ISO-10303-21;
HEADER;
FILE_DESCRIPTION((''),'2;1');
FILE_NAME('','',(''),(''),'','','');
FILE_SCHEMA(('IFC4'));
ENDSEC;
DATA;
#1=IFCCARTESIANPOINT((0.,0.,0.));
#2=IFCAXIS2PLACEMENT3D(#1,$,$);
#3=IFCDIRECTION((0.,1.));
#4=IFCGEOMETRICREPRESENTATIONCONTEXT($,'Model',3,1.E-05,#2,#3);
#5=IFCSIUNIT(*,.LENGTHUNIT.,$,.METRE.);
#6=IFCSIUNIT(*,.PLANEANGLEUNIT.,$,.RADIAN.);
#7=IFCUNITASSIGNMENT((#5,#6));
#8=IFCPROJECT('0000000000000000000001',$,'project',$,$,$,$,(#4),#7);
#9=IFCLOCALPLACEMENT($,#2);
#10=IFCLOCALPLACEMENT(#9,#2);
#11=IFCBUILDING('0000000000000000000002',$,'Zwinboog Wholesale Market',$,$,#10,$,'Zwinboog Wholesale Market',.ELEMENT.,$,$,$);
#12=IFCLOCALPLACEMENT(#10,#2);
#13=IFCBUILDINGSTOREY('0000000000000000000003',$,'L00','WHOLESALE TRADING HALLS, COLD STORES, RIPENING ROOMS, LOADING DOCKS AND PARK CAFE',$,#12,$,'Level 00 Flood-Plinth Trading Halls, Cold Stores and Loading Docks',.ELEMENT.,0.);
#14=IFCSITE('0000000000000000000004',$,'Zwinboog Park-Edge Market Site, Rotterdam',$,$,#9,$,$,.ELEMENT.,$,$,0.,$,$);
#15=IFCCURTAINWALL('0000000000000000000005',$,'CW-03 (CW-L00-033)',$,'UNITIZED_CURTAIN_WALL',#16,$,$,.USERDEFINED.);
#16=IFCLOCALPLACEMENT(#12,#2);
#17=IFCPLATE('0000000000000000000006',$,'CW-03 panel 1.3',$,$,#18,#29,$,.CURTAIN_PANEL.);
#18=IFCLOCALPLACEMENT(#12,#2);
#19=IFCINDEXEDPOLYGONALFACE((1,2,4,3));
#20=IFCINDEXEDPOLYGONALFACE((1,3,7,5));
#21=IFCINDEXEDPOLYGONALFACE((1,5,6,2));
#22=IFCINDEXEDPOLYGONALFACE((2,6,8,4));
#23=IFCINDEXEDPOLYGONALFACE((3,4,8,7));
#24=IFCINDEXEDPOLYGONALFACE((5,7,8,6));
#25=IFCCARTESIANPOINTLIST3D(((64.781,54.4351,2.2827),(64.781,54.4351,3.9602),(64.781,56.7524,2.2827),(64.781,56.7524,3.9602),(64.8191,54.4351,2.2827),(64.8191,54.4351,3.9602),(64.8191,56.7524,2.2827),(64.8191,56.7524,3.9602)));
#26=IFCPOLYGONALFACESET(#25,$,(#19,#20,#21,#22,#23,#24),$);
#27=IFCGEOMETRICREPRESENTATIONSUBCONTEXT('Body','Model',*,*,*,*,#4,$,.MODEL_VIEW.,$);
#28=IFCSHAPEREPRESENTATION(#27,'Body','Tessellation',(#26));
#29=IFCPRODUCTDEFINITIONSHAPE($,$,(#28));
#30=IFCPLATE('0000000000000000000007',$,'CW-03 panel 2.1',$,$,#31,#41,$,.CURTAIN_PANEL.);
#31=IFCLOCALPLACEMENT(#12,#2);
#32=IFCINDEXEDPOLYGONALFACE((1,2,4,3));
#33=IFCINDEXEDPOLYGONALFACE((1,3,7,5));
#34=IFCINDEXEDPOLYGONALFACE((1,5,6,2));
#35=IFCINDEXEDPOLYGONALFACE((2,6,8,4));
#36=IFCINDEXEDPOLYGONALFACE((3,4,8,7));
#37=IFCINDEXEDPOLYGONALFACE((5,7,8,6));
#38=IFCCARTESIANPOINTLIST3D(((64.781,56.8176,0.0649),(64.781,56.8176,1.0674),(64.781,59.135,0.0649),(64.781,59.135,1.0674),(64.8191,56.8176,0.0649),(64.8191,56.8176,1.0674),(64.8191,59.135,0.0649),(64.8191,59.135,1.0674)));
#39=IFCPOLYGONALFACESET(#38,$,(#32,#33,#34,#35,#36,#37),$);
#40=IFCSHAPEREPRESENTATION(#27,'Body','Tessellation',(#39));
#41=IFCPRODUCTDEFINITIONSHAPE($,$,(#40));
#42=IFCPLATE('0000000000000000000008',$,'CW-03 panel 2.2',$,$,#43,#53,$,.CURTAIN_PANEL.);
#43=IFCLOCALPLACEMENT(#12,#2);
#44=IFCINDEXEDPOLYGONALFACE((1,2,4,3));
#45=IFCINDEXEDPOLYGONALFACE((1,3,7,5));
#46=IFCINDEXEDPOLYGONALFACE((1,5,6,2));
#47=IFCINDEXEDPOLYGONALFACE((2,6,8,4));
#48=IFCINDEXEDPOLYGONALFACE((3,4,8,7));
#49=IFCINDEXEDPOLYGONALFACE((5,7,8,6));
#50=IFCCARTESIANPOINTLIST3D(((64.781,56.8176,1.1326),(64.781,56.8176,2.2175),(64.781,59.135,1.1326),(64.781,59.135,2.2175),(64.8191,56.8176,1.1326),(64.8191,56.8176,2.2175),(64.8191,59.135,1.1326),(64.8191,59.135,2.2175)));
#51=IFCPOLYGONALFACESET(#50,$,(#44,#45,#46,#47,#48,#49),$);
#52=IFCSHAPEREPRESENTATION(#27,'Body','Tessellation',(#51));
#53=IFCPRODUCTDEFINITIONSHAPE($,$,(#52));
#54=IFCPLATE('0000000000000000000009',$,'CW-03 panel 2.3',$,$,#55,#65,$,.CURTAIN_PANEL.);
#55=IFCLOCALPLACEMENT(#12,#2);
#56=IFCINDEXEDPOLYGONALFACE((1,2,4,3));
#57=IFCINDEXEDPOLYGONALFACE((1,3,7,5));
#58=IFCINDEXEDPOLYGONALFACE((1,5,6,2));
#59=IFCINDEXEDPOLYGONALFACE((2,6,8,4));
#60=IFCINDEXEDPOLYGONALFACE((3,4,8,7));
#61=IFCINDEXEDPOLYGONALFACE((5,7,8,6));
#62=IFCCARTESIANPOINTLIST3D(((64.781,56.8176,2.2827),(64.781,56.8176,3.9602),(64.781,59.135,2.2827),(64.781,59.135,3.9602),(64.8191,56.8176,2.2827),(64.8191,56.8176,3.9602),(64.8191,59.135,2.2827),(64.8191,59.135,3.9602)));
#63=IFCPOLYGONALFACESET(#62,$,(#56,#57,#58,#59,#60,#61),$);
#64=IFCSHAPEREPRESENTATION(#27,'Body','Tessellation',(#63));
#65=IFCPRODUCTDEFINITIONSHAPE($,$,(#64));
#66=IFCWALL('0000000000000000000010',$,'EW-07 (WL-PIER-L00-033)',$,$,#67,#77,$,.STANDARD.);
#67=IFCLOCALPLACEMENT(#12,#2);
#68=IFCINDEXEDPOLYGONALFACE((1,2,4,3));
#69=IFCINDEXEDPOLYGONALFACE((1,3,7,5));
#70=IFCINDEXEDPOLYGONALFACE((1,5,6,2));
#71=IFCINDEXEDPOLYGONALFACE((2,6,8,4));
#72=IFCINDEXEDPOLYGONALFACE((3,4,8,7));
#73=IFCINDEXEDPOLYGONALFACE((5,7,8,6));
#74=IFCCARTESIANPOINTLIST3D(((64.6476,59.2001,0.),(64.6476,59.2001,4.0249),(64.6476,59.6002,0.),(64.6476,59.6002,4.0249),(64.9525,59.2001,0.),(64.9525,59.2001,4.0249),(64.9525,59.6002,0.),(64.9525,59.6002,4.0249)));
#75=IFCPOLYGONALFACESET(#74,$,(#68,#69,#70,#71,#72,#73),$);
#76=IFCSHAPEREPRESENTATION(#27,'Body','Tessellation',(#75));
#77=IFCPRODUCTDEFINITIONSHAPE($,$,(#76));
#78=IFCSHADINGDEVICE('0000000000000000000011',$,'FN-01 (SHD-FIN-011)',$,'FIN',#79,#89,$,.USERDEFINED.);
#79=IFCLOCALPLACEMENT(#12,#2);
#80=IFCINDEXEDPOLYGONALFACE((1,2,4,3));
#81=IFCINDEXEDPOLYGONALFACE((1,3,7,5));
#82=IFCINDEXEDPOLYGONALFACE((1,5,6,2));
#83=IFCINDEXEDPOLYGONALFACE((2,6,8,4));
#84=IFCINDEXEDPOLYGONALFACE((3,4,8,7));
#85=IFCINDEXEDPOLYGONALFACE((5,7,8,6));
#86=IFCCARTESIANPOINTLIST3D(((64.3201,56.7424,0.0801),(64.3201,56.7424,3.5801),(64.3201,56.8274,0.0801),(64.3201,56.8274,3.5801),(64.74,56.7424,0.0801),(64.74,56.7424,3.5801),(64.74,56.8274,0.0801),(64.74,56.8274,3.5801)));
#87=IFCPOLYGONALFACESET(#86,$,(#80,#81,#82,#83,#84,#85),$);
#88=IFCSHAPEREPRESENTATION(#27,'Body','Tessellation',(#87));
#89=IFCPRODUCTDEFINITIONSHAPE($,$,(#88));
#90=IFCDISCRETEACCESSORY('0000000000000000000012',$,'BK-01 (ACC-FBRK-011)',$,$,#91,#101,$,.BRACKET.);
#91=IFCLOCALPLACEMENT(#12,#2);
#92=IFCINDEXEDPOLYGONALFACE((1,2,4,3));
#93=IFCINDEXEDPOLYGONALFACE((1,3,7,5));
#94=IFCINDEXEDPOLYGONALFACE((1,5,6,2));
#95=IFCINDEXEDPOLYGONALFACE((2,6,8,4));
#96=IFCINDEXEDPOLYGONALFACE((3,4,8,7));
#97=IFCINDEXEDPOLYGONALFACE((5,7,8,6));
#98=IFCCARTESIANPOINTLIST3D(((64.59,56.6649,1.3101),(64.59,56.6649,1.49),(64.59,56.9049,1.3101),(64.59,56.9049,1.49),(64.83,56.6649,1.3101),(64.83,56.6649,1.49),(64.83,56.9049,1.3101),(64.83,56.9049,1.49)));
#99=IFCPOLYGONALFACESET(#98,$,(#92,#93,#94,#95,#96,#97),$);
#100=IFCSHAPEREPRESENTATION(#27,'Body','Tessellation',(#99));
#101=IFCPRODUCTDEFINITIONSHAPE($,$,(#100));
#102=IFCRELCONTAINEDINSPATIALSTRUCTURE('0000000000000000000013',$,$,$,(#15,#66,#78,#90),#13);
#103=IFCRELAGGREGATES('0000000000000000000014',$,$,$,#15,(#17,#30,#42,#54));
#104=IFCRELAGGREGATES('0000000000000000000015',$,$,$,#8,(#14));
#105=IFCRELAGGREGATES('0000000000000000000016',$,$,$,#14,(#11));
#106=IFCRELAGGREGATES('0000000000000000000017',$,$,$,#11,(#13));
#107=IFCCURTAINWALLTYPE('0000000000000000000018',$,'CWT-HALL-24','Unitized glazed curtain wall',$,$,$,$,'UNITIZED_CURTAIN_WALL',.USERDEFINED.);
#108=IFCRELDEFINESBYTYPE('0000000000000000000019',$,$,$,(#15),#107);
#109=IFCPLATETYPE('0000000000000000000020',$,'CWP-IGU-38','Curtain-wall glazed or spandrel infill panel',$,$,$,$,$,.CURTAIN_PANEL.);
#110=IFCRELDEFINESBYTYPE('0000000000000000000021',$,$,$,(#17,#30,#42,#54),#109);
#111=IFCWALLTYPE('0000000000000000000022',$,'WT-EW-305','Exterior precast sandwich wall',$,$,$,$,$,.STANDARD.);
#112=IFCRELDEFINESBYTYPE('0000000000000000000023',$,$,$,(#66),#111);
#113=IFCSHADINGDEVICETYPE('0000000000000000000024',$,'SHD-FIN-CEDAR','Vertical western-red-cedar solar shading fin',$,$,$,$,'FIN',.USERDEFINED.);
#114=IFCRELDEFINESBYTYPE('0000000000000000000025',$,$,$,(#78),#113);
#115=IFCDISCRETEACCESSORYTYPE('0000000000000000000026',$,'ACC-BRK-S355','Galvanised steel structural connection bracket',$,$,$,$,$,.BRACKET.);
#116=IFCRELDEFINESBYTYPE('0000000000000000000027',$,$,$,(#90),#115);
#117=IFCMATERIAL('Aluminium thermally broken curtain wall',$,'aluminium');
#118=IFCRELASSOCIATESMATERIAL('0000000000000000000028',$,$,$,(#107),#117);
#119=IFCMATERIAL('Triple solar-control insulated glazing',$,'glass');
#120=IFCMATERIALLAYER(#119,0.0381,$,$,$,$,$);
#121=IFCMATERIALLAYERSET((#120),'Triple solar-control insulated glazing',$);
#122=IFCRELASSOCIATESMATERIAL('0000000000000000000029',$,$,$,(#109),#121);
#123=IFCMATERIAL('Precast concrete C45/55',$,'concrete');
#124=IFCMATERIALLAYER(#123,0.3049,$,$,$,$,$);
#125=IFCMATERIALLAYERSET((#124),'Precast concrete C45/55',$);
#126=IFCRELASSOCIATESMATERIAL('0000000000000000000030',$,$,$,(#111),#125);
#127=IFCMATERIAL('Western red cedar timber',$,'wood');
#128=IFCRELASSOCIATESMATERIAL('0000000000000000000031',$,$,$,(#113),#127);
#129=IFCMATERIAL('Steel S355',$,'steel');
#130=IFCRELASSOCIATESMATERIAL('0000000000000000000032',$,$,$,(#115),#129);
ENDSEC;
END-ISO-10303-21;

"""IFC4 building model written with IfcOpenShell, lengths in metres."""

from ifc_helpers import new_model, si_unit, direction, frame, frame_2d, origin, origin_2d, place, context, subcontext, project, spatial, rectangle, extrude, material, layer, layer_set, type_object, element, aggregate, save


model = new_model("IFC4")

# Units and contexts
model_context = context("Model", 3, precision=1e-05, world=origin(), true_north=direction((0.0, 1.0)))
body_context = subcontext(model_context, "Body", "Model", "MODEL_VIEW")
ifc_project = project(units=[si_unit("LENGTHUNIT", "METRE"), si_unit("PLANEANGLEUNIT", "RADIAN")], contexts=[model_context])

# Site, building, storey
site_placement = place(None, origin())
site = spatial("IfcSite", under=ifc_project, at=site_placement, Name="Zwinboog Park-Edge Market Site, Rotterdam", CompositionType="ELEMENT", RefElevation=0.0)
building_placement = place(site_placement, origin())
building = spatial("IfcBuilding", under=site, at=building_placement, Name="Zwinboog Wholesale Market", LongName="Zwinboog Wholesale Market", CompositionType="ELEMENT")
storey_placement = place(building_placement, origin())
storey = spatial("IfcBuildingStorey", under=building, at=storey_placement, Name="L00", Description="WHOLESALE TRADING HALLS, COLD STORES, RIPENING ROOMS, LOADING DOCKS AND PARK CAFE", LongName="Level 00 Flood-Plinth Trading Halls, Cold Stores and Loading Docks", CompositionType="ELEMENT", Elevation=0.0)

# Curtain wall, plates
ifc_material_1 = material(Name="Aluminium thermally broken curtain wall", Category="aluminium")
curtain_wall_type = type_object("IfcCurtainWallType", Name="CWT-HALL-24", Description="Unitized glazed curtain wall", ElementType="UNITIZED_CURTAIN_WALL", PredefinedType="USERDEFINED", material=ifc_material_1)
curtain_wall_placement = place(storey_placement, origin())
curtain_wall = element("IfcCurtainWall", 1, at=curtain_wall_placement, inside=storey, type_object=curtain_wall_type, Name="CW-03 (CW-L00-033)", ObjectType="UNITIZED_CURTAIN_WALL", PredefinedType="USERDEFINED")
ifc_material_2 = material(Name="Triple solar-control insulated glazing", Category="glass")
ifc_layer_1 = layer(ifc_material_2, 0.0381)
ifc_layer_set_1 = layer_set([ifc_layer_1], Name="Triple solar-control insulated glazing")
plate_type = type_object("IfcPlateType", Name="CWP-IGU-38", Description="Curtain-wall glazed or spandrel infill panel", PredefinedType="CURTAIN_PANEL", material=ifc_layer_set_1)
plate_1_placement = place(storey_placement, frame((64.8, 55.5938, 2.2827), z_axis=(0.0, 0.0, 1.0), x_axis=(0.0, 1.0, 0.0)))
plate_1 = element("IfcPlate", 2, at=plate_1_placement, type_object=plate_type, Name="CW-03 panel 1.3", PredefinedType="CURTAIN_PANEL", context=body_context, shape_type="SweptSolid", body=[
    extrude(rectangle(XDim=2.3174, YDim=0.0381, at=origin_2d()), origin(), (0.0, 0.0, 1.0), 1.6775),
])
plate_2_placement = place(storey_placement, frame((64.8, 57.9763, 0.0649), z_axis=(0.0, 0.0, 1.0), x_axis=(0.0, 1.0, 0.0)))
plate_2 = element("IfcPlate", 3, at=plate_2_placement, type_object=plate_type, Name="CW-03 panel 2.1", PredefinedType="CURTAIN_PANEL", context=body_context, shape_type="SweptSolid", body=[
    extrude(rectangle(XDim=2.3174, YDim=0.0381, at=origin_2d()), origin(), (0.0, 0.0, 1.0), 1.0024),
])
plate_3_placement = place(storey_placement, frame((64.8, 57.9763, 1.1326), z_axis=(0.0, 0.0, 1.0), x_axis=(0.0, 1.0, 0.0)))
plate_3 = element("IfcPlate", 4, at=plate_3_placement, type_object=plate_type, Name="CW-03 panel 2.2", PredefinedType="CURTAIN_PANEL", context=body_context, shape_type="SweptSolid", body=[
    extrude(rectangle(XDim=2.3174, YDim=0.0381, at=origin_2d()), origin(), (0.0, 0.0, 1.0), 1.085),
])
plate_4_placement = place(storey_placement, frame((64.8, 57.9763, 2.2827), z_axis=(0.0, 0.0, 1.0), x_axis=(0.0, 1.0, 0.0)))
plate_4 = element("IfcPlate", 5, at=plate_4_placement, type_object=plate_type, Name="CW-03 panel 2.3", PredefinedType="CURTAIN_PANEL", context=body_context, shape_type="SweptSolid", body=[
    extrude(rectangle(XDim=2.3174, YDim=0.0381, at=origin_2d()), origin(), (0.0, 0.0, 1.0), 1.6775),
])
aggregate(curtain_wall, [plate_1, plate_2, plate_3, plate_4])

# Wall
ifc_material_3 = material(Name="Precast concrete C45/55", Category="concrete")
ifc_layer_2 = layer(ifc_material_3, 0.3049)
ifc_layer_set_2 = layer_set([ifc_layer_2], Name="Precast concrete C45/55")
wall_type = type_object("IfcWallType", Name="WT-EW-305", Description="Exterior precast sandwich wall", PredefinedType="STANDARD", material=ifc_layer_set_2)
wall_placement = place(storey_placement, frame((64.8, 59.2, 0.0), z_axis=(0.0, 0.0, 1.0), x_axis=(0.0, 1.0, 0.0)))
element("IfcWall", 6, at=wall_placement, inside=storey, type_object=wall_type, Name="EW-07 (WL-PIER-L00-033)", PredefinedType="STANDARD", context=body_context, shape_type="SweptSolid", body=[
    extrude(rectangle(XDim=0.4001, YDim=0.3049, at=frame_2d((0.2002, 0.0))), origin(), (0.0, 0.0, 1.0), 4.0249),
])

# Shading device
ifc_material_4 = material(Name="Western red cedar timber", Category="wood")
shading_device_type = type_object("IfcShadingDeviceType", Name="SHD-FIN-CEDAR", Description="Vertical western-red-cedar solar shading fin", ElementType="FIN", PredefinedType="USERDEFINED", material=ifc_material_4)
shading_device_placement = place(storey_placement, frame((64.53, 56.7849, 0.0801), z_axis=(0.0, 0.0, 1.0), x_axis=(1.0, 0.0, 0.0)))
element("IfcShadingDevice", 7, at=shading_device_placement, inside=storey, type_object=shading_device_type, Name="FN-01 (SHD-FIN-011)", ObjectType="FIN", PredefinedType="USERDEFINED", context=body_context, shape_type="SweptSolid", body=[
    extrude(rectangle(XDim=0.4199, YDim=0.085, at=origin_2d()), origin(), (0.0, 0.0, 1.0), 3.5),
])

# Discrete accessory
ifc_material_5 = material(Name="Steel S355", Category="steel")
discrete_accessory_type = type_object("IfcDiscreteAccessoryType", Name="ACC-BRK-S355", Description="Galvanised steel structural connection bracket", PredefinedType="BRACKET", material=ifc_material_5)
discrete_accessory_placement = place(storey_placement, frame((64.71, 56.7849, 1.3101), z_axis=(0.0, 0.0, 1.0), x_axis=(1.0, 0.0, 0.0)))
element("IfcDiscreteAccessory", 8, at=discrete_accessory_placement, inside=storey, type_object=discrete_accessory_type, Name="BK-01 (ACC-FBRK-011)", PredefinedType="BRACKET", context=body_context, shape_type="SweptSolid", body=[
    extrude(rectangle(XDim=0.24, YDim=0.24, at=origin_2d()), origin(), (0.0, 0.0, 1.0), 0.1799),
])

save(model, "model.ifc")
